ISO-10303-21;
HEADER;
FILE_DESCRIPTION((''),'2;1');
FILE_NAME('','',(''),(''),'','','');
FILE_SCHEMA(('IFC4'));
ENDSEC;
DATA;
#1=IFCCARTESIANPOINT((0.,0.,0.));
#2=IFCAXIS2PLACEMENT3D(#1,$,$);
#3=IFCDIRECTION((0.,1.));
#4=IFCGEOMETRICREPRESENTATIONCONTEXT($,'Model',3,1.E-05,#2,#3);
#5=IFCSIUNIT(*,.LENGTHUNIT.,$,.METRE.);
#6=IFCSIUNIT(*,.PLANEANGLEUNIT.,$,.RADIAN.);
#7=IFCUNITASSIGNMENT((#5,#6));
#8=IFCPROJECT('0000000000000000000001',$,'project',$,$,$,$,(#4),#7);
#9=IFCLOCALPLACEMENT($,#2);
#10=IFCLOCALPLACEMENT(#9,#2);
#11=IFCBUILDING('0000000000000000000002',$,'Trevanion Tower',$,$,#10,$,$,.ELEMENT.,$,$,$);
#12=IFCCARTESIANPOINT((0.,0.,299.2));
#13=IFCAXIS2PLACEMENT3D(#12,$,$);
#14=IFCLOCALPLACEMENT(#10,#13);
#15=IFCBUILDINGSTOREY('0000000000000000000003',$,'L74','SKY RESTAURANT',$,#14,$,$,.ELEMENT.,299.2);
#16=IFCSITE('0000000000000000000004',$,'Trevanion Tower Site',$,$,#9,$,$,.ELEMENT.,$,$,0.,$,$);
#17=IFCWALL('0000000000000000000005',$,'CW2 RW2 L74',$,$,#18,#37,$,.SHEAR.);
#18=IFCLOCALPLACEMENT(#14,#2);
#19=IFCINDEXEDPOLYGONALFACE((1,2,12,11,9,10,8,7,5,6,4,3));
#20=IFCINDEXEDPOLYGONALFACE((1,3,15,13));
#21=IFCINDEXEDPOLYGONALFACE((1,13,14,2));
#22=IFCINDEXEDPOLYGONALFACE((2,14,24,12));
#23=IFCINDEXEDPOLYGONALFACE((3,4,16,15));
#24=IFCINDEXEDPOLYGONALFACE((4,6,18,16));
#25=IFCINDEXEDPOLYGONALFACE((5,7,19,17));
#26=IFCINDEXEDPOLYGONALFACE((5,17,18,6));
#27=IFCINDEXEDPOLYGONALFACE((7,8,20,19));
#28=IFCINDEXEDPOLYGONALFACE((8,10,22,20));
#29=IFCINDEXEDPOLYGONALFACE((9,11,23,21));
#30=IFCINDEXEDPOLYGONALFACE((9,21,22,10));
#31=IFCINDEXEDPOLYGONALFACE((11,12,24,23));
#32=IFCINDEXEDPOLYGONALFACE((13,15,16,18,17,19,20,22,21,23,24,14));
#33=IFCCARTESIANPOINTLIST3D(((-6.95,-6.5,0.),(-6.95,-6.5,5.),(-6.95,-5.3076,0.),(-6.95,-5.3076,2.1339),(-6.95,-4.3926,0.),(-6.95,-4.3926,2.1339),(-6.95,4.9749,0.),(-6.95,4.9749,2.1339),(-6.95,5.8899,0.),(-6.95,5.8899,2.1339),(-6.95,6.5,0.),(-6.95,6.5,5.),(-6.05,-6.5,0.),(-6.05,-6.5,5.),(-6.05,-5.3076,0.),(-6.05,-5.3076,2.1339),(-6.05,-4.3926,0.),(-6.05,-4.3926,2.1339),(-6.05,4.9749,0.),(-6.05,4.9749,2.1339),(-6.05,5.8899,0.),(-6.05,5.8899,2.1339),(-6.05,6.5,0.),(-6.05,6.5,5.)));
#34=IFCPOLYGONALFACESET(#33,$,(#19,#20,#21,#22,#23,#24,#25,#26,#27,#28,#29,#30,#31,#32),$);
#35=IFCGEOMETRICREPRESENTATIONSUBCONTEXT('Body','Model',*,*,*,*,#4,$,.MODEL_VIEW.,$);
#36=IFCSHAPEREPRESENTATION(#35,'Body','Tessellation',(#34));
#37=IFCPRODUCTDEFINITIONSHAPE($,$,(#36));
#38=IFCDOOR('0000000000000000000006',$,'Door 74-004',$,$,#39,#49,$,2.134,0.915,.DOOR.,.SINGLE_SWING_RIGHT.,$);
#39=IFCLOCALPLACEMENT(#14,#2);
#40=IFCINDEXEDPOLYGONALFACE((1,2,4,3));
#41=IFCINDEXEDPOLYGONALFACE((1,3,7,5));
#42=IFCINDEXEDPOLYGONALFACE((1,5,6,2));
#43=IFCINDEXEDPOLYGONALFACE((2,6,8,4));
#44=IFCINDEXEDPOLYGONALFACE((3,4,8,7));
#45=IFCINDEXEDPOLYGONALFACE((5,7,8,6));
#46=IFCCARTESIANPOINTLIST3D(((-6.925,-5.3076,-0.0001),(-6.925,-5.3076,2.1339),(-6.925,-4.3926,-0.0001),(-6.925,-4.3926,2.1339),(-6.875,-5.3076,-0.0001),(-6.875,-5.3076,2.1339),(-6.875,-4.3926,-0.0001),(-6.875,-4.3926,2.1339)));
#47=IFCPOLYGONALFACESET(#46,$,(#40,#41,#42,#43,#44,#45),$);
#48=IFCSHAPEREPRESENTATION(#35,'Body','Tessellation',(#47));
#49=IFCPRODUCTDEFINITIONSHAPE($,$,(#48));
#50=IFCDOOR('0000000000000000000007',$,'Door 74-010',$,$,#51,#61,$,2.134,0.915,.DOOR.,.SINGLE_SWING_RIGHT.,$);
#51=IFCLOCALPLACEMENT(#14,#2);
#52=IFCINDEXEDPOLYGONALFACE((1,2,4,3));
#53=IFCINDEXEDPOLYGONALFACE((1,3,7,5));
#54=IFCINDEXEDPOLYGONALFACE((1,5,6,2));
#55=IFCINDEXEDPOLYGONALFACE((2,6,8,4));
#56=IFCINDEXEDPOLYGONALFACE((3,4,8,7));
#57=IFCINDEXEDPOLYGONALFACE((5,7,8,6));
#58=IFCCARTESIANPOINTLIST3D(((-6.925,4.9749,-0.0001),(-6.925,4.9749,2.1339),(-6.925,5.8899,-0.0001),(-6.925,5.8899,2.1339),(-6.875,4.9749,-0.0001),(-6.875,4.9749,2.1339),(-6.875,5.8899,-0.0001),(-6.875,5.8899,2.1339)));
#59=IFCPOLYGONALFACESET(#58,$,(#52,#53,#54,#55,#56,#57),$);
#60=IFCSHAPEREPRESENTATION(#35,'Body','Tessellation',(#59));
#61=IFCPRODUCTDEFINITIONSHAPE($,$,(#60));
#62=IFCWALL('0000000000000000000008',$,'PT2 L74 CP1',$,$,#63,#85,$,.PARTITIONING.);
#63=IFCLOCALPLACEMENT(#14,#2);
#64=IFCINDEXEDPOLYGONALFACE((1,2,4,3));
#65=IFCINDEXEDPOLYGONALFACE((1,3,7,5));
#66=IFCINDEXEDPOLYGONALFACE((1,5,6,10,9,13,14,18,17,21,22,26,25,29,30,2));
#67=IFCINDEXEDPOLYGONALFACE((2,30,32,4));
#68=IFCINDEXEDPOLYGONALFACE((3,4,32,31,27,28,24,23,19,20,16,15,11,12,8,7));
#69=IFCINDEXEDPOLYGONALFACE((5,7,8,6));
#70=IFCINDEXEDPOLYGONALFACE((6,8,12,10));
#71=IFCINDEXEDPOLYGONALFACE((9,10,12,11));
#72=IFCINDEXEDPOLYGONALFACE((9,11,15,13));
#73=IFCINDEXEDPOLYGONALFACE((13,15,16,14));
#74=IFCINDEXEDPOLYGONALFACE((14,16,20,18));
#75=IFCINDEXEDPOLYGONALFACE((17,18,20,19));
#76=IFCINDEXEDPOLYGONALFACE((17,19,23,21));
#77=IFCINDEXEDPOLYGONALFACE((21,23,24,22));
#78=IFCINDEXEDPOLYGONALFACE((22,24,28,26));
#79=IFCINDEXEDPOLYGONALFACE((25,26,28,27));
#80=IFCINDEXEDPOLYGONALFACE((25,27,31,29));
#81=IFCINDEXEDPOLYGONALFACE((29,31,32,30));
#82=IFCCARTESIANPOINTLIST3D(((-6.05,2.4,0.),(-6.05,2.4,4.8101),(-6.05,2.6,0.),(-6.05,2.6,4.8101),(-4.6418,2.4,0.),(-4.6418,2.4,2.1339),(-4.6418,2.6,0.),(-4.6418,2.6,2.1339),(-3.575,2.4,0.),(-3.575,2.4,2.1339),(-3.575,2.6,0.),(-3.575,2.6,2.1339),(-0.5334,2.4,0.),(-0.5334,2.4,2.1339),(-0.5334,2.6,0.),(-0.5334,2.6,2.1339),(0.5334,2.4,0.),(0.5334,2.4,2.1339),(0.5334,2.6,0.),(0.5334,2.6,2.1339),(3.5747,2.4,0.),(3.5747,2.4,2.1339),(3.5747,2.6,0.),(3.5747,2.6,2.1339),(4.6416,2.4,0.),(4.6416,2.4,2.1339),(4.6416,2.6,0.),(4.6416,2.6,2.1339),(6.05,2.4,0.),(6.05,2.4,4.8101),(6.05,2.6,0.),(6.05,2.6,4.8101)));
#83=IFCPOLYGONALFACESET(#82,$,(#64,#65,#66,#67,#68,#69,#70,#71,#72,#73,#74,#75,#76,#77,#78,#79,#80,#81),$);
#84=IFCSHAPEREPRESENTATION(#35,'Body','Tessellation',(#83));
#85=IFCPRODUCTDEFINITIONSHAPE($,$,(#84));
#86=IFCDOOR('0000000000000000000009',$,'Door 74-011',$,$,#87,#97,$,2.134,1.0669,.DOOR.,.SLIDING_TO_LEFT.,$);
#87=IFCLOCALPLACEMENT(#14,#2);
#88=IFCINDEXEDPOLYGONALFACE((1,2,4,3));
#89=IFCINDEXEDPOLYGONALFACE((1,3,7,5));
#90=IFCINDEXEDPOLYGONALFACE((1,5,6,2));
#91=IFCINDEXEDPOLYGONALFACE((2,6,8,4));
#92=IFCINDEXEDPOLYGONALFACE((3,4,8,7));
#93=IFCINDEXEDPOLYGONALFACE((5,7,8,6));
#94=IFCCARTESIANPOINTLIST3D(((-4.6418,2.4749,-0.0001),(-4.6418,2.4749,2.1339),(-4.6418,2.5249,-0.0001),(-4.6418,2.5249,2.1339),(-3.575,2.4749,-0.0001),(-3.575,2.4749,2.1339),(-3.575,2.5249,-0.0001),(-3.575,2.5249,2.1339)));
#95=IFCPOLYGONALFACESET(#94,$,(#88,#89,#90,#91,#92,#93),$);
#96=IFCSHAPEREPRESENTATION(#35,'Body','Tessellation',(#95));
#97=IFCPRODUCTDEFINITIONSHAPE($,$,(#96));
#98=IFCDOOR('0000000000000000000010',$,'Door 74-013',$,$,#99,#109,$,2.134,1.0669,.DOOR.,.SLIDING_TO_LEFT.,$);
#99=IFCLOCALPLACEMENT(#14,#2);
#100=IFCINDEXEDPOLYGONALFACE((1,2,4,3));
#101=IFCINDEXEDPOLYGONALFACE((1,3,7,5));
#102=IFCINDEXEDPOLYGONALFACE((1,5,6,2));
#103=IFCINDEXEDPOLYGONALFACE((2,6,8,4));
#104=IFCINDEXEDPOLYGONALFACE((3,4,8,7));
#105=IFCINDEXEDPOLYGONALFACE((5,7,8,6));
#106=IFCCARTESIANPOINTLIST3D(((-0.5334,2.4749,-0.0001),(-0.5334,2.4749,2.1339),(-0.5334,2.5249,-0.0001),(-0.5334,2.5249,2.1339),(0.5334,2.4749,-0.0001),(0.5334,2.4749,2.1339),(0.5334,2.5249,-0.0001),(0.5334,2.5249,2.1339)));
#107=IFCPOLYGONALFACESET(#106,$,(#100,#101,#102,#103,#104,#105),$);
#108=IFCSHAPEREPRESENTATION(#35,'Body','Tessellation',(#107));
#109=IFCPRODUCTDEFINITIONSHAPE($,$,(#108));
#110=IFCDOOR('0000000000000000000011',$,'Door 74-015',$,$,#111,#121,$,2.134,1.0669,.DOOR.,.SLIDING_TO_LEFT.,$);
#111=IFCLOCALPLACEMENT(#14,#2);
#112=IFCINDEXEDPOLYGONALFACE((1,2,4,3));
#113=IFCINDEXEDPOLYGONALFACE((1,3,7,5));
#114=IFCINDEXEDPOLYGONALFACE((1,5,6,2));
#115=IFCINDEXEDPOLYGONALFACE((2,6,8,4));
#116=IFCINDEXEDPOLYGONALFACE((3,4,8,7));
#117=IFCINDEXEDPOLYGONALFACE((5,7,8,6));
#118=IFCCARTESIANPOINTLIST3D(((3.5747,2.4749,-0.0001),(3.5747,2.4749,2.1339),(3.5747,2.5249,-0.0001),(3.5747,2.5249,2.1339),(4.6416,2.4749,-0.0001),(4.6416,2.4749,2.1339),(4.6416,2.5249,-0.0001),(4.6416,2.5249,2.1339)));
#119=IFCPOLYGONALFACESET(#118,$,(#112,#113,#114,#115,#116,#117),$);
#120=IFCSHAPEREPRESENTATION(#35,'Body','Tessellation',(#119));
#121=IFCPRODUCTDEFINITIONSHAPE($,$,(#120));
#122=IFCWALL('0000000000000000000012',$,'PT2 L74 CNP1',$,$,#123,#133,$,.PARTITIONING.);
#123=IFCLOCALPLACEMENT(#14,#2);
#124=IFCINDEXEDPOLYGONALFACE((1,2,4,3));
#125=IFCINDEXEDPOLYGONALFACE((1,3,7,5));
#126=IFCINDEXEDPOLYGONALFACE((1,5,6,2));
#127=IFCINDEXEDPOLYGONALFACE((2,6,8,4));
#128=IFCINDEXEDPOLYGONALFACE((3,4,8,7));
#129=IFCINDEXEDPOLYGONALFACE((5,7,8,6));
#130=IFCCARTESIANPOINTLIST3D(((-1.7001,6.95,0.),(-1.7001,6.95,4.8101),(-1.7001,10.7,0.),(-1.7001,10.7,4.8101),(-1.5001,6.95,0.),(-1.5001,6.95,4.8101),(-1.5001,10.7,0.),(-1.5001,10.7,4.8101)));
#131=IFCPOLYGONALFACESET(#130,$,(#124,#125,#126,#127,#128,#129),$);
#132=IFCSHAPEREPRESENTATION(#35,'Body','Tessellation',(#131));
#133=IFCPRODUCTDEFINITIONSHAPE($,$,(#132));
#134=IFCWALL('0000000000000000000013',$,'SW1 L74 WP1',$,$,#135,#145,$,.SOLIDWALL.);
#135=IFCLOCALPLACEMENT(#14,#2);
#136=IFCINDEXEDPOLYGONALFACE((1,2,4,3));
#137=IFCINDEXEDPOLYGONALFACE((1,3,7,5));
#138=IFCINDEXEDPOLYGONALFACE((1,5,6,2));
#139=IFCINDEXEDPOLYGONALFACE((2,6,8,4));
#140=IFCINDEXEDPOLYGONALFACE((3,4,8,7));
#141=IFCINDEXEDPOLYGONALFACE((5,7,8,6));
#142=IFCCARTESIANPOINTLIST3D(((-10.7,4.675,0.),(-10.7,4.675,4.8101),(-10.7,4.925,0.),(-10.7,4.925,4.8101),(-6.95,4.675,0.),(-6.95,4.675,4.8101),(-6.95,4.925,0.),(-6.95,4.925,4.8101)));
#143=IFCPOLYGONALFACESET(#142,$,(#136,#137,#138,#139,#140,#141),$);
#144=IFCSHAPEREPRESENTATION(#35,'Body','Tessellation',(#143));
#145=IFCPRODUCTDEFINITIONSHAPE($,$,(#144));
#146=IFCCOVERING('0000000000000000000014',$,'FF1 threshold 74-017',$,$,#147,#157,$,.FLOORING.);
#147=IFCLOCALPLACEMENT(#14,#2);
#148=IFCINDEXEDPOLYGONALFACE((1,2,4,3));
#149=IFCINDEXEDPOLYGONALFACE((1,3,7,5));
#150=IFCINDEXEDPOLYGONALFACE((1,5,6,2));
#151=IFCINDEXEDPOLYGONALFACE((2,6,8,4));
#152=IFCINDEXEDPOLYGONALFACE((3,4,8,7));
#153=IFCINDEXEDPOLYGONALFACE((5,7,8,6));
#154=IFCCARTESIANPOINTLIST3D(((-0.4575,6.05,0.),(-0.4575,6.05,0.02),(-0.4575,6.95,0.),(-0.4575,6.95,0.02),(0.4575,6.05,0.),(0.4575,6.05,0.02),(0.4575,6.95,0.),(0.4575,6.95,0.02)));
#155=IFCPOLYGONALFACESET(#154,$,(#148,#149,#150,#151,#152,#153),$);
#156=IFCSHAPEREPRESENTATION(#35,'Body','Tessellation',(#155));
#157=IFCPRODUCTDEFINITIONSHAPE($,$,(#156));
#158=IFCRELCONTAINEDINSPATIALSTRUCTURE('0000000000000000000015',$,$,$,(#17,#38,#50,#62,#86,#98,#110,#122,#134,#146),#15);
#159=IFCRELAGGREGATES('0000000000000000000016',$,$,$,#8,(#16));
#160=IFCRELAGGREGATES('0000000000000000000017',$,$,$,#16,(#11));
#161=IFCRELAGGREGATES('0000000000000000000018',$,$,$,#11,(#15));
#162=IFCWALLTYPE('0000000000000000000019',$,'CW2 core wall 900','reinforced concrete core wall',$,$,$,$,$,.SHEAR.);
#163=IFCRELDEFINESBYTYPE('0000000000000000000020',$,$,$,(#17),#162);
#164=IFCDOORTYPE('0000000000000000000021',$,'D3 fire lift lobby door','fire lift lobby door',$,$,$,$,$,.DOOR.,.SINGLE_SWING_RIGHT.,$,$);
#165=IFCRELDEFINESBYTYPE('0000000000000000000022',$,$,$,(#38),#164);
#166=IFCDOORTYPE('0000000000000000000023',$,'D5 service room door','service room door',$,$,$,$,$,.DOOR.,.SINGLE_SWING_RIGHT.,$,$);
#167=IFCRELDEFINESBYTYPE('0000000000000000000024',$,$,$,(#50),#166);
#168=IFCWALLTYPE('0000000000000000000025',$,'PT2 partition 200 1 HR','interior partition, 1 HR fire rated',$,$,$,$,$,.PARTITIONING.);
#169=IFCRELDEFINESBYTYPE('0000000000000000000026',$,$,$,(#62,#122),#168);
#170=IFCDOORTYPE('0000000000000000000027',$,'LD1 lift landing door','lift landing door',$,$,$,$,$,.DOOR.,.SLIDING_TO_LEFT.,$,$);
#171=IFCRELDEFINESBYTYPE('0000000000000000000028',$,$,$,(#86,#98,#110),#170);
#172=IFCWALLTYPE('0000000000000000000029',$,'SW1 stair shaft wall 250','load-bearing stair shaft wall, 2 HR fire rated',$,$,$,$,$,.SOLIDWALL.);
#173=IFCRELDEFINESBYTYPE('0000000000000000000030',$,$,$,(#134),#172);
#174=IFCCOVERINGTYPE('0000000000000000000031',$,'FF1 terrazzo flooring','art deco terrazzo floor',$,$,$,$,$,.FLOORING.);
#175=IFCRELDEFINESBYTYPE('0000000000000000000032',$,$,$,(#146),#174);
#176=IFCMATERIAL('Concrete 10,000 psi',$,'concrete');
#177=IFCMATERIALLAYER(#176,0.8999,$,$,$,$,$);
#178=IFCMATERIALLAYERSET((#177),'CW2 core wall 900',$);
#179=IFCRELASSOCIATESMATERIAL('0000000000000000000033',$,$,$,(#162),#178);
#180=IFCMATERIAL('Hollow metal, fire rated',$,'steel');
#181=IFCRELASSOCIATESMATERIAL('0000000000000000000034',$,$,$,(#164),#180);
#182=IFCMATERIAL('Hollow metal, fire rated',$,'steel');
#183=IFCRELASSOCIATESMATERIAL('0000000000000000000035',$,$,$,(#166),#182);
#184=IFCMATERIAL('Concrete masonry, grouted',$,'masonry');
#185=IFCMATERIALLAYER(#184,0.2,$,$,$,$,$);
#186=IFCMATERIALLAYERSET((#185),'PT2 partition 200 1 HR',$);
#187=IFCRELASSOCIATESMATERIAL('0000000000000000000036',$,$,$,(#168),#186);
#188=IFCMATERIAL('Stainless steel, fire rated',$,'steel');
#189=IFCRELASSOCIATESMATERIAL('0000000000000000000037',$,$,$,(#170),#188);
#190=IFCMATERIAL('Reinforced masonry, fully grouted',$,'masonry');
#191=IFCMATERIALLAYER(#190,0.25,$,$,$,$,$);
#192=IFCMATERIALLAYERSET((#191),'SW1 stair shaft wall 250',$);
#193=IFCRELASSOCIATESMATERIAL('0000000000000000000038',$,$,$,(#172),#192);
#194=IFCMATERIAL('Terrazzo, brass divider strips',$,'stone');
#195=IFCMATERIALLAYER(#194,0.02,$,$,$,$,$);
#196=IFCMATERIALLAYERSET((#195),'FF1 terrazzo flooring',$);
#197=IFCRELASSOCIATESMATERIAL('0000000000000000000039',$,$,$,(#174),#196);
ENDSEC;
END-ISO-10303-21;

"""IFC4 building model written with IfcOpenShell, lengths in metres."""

from ifc_helpers import new_model, si_unit, direction, frame, frame_2d, origin, place, context, subcontext, project, spatial, polyline, rectangle, outline, extrude, material, layer, layer_set, type_object, element, fill, save


model = new_model("IFC4")

# Units and contexts
model_context = context("Model", 3, precision=1e-05, world=origin(), true_north=direction((0.0, 1.0)))
body_context = subcontext(model_context, "Body", "Model", "MODEL_VIEW")
ifc_project = project(units=[si_unit("LENGTHUNIT", "METRE"), si_unit("PLANEANGLEUNIT", "RADIAN")], contexts=[model_context])

# Site, building, storey
site_placement = place(None, origin())
site = spatial("IfcSite", under=ifc_project, at=site_placement, Name="Trevanion Tower Site", CompositionType="ELEMENT", RefElevation=0.0)
building_placement = place(site_placement, origin())
building = spatial("IfcBuilding", under=site, at=building_placement, Name="Trevanion Tower", CompositionType="ELEMENT")
storey_placement = place(building_placement, frame((0.0, 0.0, 299.2)))
storey = spatial("IfcBuildingStorey", under=building, at=storey_placement, Name="L74", Description="SKY RESTAURANT", CompositionType="ELEMENT", Elevation=299.2)

# Walls, openings, doors
ifc_material_1 = material(Name="Concrete 10,000 psi", Category="concrete")
ifc_layer_1 = layer(ifc_material_1, 0.8999)
ifc_layer_set_1 = layer_set([ifc_layer_1], Name="CW2 core wall 900")
wall_type_1 = type_object("IfcWallType", Name="CW2 core wall 900", Description="reinforced concrete core wall", PredefinedType="SHEAR", material=ifc_layer_set_1)
wall_1_placement = place(storey_placement, frame((-6.5, 6.5, 0.0), z_axis=(0.0, 0.0, 1.0), x_axis=(0.0, -1.0, 0.0)))
wall_1 = element("IfcWall", 1, at=wall_1_placement, inside=storey, type_object=wall_type_1, Name="CW2 RW2 L74", PredefinedType="SHEAR", context=body_context, shape_type="SweptSolid", body=[
    extrude(rectangle(XDim=13.0, YDim=0.8999, at=frame_2d((6.5, 0.0))), origin(), (0.0, 0.0, 1.0), 5.0),
])
opening_1_placement = place(wall_1_placement, frame((10.8926, 0.0, 0.0)))
opening_1 = element("IfcOpeningElement", 2, at=opening_1_placement, cuts=wall_1, PredefinedType="OPENING", context=body_context, shape_type="SweptSolid", body=[
    extrude(rectangle(XDim=0.915, YDim=2.134, at=frame_2d((0.4575, 1.0669))), frame((0.0, 0.46, 0.0), z_axis=(0.0, -1.0, 0.0), x_axis=(1.0, 0.0, 0.0)), (0.0, 0.0, 1.0), 0.9199),
])
opening_2_placement = place(wall_1_placement, frame((0.6101, 0.0, 0.0)))
opening_2 = element("IfcOpeningElement", 3, at=opening_2_placement, cuts=wall_1, PredefinedType="OPENING", context=body_context, shape_type="SweptSolid", body=[
    extrude(rectangle(XDim=0.915, YDim=2.134, at=frame_2d((0.4575, 1.0669))), frame((0.0, 0.46, 0.0), z_axis=(0.0, -1.0, 0.0), x_axis=(1.0, 0.0, 0.0)), (0.0, 0.0, 1.0), 0.9199),
])
ifc_material_2 = material(Name="Hollow metal, fire rated", Category="steel")
door_type_1 = type_object("IfcDoorType", Name="D3 fire lift lobby door", Description="fire lift lobby door", OperationType="SINGLE_SWING_RIGHT", PredefinedType="DOOR", material=ifc_material_2)
door_1_placement = place(opening_1_placement, origin())
door_1 = element("IfcDoor", 4, at=door_1_placement, inside=storey, type_object=door_type_1, Name="Door 74-004", OperationType="SINGLE_SWING_RIGHT", OverallHeight=2.134, OverallWidth=0.915, PredefinedType="DOOR", context=body_context, shape_type="SweptSolid", body=[
    extrude(rectangle(XDim=0.915, YDim=2.134, at=frame_2d((0.4575, 1.0669))), frame((0.0, -0.375, 0.0), z_axis=(0.0, -1.0, 0.0), x_axis=(1.0, 0.0, 0.0)), (0.0, 0.0, 1.0), 0.05),
])
fill(opening_1, door_1)
ifc_material_3 = material(Name="Hollow metal, fire rated", Category="steel")
door_type_2 = type_object("IfcDoorType", Name="D5 service room door", Description="service room door", OperationType="SINGLE_SWING_RIGHT", PredefinedType="DOOR", material=ifc_material_3)
door_2_placement = place(opening_2_placement, origin())
door_2 = element("IfcDoor", 5, at=door_2_placement, inside=storey, type_object=door_type_2, Name="Door 74-010", OperationType="SINGLE_SWING_RIGHT", OverallHeight=2.134, OverallWidth=0.915, PredefinedType="DOOR", context=body_context, shape_type="SweptSolid", body=[
    extrude(rectangle(XDim=0.915, YDim=2.134, at=frame_2d((0.4575, 1.0669))), frame((0.0, -0.375, 0.0), z_axis=(0.0, -1.0, 0.0), x_axis=(1.0, 0.0, 0.0)), (0.0, 0.0, 1.0), 0.05),
])
fill(opening_2, door_2)
ifc_material_4 = material(Name="Concrete masonry, grouted", Category="masonry")
ifc_layer_2 = layer(ifc_material_4, 0.2)
ifc_layer_set_2 = layer_set([ifc_layer_2], Name="PT2 partition 200 1 HR")
wall_type_2 = type_object("IfcWallType", Name="PT2 partition 200 1 HR", Description="interior partition, 1 HR fire rated", PredefinedType="PARTITIONING", material=ifc_layer_set_2)
wall_2_placement = place(storey_placement, frame((-6.05, 2.5, 0.0), z_axis=(0.0, 0.0, 1.0), x_axis=(1.0, 0.0, 0.0)))
wall_2 = element("IfcWall", 6, at=wall_2_placement, inside=storey, type_object=wall_type_2, Name="PT2 L74 CP1", PredefinedType="PARTITIONING", context=body_context, shape_type="SweptSolid", body=[
    extrude(rectangle(XDim=12.1001, YDim=0.2, at=frame_2d((6.05, 0.0))), origin(), (0.0, 0.0, 1.0), 4.8101),
])
opening_3_placement = place(wall_2_placement, frame((1.4082, 0.0, 0.0)))
opening_3 = element("IfcOpeningElement", 7, at=opening_3_placement, cuts=wall_2, PredefinedType="OPENING", context=body_context, shape_type="SweptSolid", body=[
    extrude(rectangle(XDim=1.0669, YDim=2.134, at=frame_2d((0.5334, 1.0669))), frame((0.0, 0.1099, 0.0), z_axis=(0.0, -1.0, 0.0), x_axis=(1.0, 0.0, 0.0)), (0.0, 0.0, 1.0), 0.22),
])
opening_4_placement = place(wall_2_placement, frame((5.5166, 0.0, 0.0)))
opening_4 = element("IfcOpeningElement", 8, at=opening_4_placement, cuts=wall_2, PredefinedType="OPENING", context=body_context, shape_type="SweptSolid", body=[
    extrude(rectangle(XDim=1.0669, YDim=2.134, at=frame_2d((0.5334, 1.0669))), frame((0.0, 0.1099, 0.0), z_axis=(0.0, -1.0, 0.0), x_axis=(1.0, 0.0, 0.0)), (0.0, 0.0, 1.0), 0.22),
])
opening_5_placement = place(wall_2_placement, frame((9.6248, 0.0, 0.0)))
opening_5 = element("IfcOpeningElement", 9, at=opening_5_placement, cuts=wall_2, PredefinedType="OPENING", context=body_context, shape_type="SweptSolid", body=[
    extrude(rectangle(XDim=1.0669, YDim=2.134, at=frame_2d((0.5334, 1.0669))), frame((0.0, 0.1099, 0.0), z_axis=(0.0, -1.0, 0.0), x_axis=(1.0, 0.0, 0.0)), (0.0, 0.0, 1.0), 0.22),
])
ifc_material_5 = material(Name="Stainless steel, fire rated", Category="steel")
door_type_3 = type_object("IfcDoorType", Name="LD1 lift landing door", Description="lift landing door", OperationType="SLIDING_TO_LEFT", PredefinedType="DOOR", material=ifc_material_5)
door_3_placement = place(opening_3_placement, origin())
door_3 = element("IfcDoor", 10, at=door_3_placement, inside=storey, type_object=door_type_3, Name="Door 74-011", OperationType="SLIDING_TO_LEFT", OverallHeight=2.134, OverallWidth=1.0669, PredefinedType="DOOR", context=body_context, shape_type="SweptSolid", body=[
    extrude(rectangle(XDim=1.0669, YDim=2.134, at=frame_2d((0.5334, 1.0669))), frame((0.0, 0.0249, 0.0), z_axis=(0.0, -1.0, 0.0), x_axis=(1.0, 0.0, 0.0)), (0.0, 0.0, 1.0), 0.05),
])
fill(opening_3, door_3)
door_4_placement = place(opening_4_placement, origin())
door_4 = element("IfcDoor", 11, at=door_4_placement, inside=storey, type_object=door_type_3, Name="Door 74-013", OperationType="SLIDING_TO_LEFT", OverallHeight=2.134, OverallWidth=1.0669, PredefinedType="DOOR", context=body_context, shape_type="SweptSolid", body=[
    extrude(rectangle(XDim=1.0669, YDim=2.134, at=frame_2d((0.5334, 1.0669))), frame((0.0, 0.0249, 0.0), z_axis=(0.0, -1.0, 0.0), x_axis=(1.0, 0.0, 0.0)), (0.0, 0.0, 1.0), 0.05),
])
fill(opening_4, door_4)
door_5_placement = place(opening_5_placement, origin())
door_5 = element("IfcDoor", 12, at=door_5_placement, inside=storey, type_object=door_type_3, Name="Door 74-015", OperationType="SLIDING_TO_LEFT", OverallHeight=2.134, OverallWidth=1.0669, PredefinedType="DOOR", context=body_context, shape_type="SweptSolid", body=[
    extrude(rectangle(XDim=1.0669, YDim=2.134, at=frame_2d((0.5334, 1.0669))), frame((0.0, 0.0249, 0.0), z_axis=(0.0, -1.0, 0.0), x_axis=(1.0, 0.0, 0.0)), (0.0, 0.0, 1.0), 0.05),
])
fill(opening_5, door_5)

# Walls
wall_3_placement = place(storey_placement, frame((-1.6001, 6.95, 0.0), z_axis=(0.0, 0.0, 1.0), x_axis=(0.0, 1.0, 0.0)))
element("IfcWall", 13, at=wall_3_placement, inside=storey, type_object=wall_type_2, Name="PT2 L74 CNP1", PredefinedType="PARTITIONING", context=body_context, shape_type="SweptSolid", body=[
    extrude(rectangle(XDim=3.75, YDim=0.2, at=frame_2d((1.875, 0.0))), origin(), (0.0, 0.0, 1.0), 4.8101),
])
ifc_material_6 = material(Name="Reinforced masonry, fully grouted", Category="masonry")
ifc_layer_3 = layer(ifc_material_6, 0.25)
ifc_layer_set_3 = layer_set([ifc_layer_3], Name="SW1 stair shaft wall 250")
wall_type_3 = type_object("IfcWallType", Name="SW1 stair shaft wall 250", Description="load-bearing stair shaft wall, 2 HR fire rated", PredefinedType="SOLIDWALL", material=ifc_layer_set_3)
wall_4_placement = place(storey_placement, frame((-6.95, 4.8, 0.0), z_axis=(0.0, 0.0, 1.0), x_axis=(-1.0, 0.0, 0.0)))
element("IfcWall", 14, at=wall_4_placement, inside=storey, type_object=wall_type_3, Name="SW1 L74 WP1", PredefinedType="SOLIDWALL", context=body_context, shape_type="SweptSolid", body=[
    extrude(rectangle(XDim=3.75, YDim=0.25, at=frame_2d((1.875, 0.0))), origin(), (0.0, 0.0, 1.0), 4.8101),
])

# Covering
ifc_material_7 = material(Name="Terrazzo, brass divider strips", Category="stone")
ifc_layer_4 = layer(ifc_material_7, 0.02)
ifc_layer_set_4 = layer_set([ifc_layer_4], Name="FF1 terrazzo flooring")
covering_type = type_object("IfcCoveringType", Name="FF1 terrazzo flooring", Description="art deco terrazzo floor", PredefinedType="FLOORING", material=ifc_layer_set_4)
covering_1_placement = place(storey_placement, origin())
element("IfcCovering", 15, at=covering_1_placement, inside=storey, type_object=covering_type, Name="FF1 threshold 74-017", PredefinedType="FLOORING", context=body_context, shape_type="SweptSolid", body=[
    extrude(outline(polyline([(0.4575, 6.95), (-0.4575, 6.95), (-0.4575, 6.05), (0.4575, 6.05), (0.4575, 6.95)])), origin(), (0.0, 0.0, 1.0), 0.02),
])

save(model, "model.ifc")
